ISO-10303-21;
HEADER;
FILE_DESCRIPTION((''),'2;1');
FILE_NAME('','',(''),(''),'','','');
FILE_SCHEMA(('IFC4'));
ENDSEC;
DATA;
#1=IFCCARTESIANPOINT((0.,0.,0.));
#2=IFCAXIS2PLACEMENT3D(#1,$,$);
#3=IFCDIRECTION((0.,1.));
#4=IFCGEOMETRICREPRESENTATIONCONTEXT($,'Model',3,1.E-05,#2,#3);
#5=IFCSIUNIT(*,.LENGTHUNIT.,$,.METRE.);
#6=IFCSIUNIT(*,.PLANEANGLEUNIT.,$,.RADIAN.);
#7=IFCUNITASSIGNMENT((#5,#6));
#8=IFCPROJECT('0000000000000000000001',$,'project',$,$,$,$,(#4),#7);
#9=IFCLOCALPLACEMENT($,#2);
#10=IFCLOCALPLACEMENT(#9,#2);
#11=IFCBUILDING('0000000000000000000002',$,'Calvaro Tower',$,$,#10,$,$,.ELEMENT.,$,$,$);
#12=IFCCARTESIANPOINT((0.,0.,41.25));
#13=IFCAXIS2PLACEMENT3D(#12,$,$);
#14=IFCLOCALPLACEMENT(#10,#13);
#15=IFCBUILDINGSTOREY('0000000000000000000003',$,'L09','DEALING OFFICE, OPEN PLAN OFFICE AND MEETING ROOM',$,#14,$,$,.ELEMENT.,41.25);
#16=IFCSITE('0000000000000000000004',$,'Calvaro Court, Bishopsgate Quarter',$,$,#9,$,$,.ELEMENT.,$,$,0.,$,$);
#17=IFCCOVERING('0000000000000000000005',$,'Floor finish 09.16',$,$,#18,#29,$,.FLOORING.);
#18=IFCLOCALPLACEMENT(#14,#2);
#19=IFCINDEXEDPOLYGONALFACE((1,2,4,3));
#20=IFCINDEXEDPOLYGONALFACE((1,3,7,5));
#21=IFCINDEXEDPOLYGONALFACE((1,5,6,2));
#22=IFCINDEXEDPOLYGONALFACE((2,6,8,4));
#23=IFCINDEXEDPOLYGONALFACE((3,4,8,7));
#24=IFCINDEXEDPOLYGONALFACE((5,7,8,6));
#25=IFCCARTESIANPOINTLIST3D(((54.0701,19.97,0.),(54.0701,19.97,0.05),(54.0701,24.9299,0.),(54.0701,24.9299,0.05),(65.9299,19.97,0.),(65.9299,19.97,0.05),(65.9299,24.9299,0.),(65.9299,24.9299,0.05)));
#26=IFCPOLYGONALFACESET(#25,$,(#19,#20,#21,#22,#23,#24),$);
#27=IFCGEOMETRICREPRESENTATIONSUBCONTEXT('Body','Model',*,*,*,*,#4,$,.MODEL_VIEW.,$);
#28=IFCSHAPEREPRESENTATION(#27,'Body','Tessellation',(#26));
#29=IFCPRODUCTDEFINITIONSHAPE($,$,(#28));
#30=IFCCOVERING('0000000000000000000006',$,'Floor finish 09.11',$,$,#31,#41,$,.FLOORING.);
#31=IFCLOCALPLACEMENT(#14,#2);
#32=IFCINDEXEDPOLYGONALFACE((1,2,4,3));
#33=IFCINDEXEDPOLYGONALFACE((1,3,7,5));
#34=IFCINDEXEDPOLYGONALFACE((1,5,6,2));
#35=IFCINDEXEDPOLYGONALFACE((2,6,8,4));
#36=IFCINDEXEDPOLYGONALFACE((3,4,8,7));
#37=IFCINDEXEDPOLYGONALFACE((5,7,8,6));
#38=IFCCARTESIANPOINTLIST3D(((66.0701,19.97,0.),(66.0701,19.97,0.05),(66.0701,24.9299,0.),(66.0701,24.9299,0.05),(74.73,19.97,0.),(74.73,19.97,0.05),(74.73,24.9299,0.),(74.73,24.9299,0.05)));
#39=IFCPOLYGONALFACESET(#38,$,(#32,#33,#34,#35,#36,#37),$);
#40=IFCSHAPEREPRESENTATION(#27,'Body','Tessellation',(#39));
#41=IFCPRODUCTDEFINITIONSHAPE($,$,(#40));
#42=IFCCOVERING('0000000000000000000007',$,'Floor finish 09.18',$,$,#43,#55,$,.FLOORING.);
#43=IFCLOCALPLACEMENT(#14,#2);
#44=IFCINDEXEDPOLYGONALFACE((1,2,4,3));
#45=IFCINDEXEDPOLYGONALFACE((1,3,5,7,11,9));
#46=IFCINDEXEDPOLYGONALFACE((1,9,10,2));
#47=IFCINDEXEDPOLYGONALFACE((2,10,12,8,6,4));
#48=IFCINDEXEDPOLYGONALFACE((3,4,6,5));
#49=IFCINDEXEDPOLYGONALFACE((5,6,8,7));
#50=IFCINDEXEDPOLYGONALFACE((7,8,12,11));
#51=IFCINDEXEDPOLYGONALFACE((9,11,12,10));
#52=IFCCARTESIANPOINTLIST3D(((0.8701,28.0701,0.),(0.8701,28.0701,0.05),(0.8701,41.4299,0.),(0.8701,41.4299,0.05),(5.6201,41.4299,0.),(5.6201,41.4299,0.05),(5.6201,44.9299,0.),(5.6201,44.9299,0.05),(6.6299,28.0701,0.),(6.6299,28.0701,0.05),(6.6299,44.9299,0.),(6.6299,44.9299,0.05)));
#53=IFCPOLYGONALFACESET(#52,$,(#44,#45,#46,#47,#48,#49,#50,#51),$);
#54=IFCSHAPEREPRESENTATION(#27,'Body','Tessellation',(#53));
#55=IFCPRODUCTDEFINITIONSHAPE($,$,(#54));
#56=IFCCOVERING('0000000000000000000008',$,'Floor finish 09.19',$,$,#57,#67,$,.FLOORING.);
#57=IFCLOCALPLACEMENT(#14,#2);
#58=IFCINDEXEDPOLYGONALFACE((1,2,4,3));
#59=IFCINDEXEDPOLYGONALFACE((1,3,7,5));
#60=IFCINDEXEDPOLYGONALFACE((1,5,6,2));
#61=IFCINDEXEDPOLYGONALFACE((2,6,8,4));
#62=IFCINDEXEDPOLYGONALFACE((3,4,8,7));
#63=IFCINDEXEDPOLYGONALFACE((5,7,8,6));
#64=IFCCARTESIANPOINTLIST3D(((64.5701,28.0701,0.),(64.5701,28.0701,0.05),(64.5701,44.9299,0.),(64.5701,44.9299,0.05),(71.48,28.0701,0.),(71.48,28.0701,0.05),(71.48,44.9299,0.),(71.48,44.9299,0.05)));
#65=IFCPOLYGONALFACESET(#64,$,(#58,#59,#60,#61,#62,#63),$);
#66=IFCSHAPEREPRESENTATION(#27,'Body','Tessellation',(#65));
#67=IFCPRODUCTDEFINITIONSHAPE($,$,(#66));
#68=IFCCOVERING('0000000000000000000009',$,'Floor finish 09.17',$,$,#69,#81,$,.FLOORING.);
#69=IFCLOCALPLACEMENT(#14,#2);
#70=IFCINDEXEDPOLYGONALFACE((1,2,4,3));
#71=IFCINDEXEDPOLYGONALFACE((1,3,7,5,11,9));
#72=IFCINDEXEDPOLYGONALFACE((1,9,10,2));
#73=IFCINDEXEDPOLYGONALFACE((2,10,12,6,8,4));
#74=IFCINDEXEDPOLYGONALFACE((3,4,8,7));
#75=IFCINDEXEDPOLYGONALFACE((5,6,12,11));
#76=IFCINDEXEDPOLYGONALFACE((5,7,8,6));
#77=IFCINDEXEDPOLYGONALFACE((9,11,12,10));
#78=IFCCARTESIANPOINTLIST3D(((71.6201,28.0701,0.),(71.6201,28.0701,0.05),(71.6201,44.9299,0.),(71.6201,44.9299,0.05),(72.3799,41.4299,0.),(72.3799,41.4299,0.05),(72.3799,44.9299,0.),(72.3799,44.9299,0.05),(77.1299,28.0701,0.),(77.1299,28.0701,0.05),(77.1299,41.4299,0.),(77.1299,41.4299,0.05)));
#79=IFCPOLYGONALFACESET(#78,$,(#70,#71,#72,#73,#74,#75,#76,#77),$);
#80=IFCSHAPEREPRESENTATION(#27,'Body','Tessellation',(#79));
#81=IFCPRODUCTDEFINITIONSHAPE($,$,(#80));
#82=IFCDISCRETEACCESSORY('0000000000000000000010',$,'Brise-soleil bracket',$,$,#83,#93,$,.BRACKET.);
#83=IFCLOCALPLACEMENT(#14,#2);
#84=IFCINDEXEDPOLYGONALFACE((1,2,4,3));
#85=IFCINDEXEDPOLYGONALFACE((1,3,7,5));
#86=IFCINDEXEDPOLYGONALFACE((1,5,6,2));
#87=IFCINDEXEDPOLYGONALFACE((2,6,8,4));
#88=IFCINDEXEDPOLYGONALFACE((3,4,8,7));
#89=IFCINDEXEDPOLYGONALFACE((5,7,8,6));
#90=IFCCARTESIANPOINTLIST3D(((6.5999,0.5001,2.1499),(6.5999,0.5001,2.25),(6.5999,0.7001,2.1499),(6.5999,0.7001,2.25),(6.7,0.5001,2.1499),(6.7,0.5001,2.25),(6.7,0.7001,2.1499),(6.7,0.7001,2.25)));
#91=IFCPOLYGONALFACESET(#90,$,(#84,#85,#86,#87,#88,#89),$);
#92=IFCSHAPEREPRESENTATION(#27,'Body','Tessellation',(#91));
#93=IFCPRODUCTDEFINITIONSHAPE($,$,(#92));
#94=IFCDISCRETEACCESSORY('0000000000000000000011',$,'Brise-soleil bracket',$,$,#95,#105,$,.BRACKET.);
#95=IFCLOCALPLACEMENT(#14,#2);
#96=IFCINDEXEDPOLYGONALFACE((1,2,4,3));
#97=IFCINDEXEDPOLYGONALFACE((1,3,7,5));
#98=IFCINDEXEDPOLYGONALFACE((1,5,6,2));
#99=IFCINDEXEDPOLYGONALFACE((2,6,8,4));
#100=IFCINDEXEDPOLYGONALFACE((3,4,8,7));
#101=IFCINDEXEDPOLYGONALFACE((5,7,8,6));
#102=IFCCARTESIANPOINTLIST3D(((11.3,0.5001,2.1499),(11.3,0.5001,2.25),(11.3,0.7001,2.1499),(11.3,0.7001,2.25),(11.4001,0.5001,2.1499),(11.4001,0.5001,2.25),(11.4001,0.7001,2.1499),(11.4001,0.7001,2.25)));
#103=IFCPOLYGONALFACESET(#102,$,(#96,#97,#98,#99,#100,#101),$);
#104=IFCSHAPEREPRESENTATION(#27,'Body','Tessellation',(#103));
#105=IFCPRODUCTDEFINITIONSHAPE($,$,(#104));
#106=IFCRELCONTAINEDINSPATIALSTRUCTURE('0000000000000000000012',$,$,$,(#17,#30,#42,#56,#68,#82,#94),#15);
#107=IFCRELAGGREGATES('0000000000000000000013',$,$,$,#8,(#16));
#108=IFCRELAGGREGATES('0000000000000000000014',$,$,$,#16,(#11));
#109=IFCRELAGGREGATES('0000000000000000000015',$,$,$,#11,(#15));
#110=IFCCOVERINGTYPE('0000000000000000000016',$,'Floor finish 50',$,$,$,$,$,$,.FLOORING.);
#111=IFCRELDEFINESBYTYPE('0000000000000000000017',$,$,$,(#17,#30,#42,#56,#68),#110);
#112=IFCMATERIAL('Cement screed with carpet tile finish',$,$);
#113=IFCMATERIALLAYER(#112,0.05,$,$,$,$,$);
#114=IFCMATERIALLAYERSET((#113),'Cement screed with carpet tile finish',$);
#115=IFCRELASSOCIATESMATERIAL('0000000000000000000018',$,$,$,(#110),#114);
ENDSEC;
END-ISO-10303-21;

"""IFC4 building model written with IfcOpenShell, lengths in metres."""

from ifc_helpers import new_model, si_unit, direction, frame, origin, origin_2d, place, context, subcontext, project, spatial, polyline, rectangle, outline, extrude, material, layer, layer_set, type_object, element, save


model = new_model("IFC4")

# Units and contexts
model_context = context("Model", 3, precision=1e-05, world=origin(), true_north=direction((0.0, 1.0)))
body_context = subcontext(model_context, "Body", "Model", "MODEL_VIEW")
ifc_project = project(units=[si_unit("LENGTHUNIT", "METRE"), si_unit("PLANEANGLEUNIT", "RADIAN")], contexts=[model_context])

# Site, building, storey
site_placement = place(None, origin())
site = spatial("IfcSite", under=ifc_project, at=site_placement, Name="Calvaro Court, Bishopsgate Quarter", CompositionType="ELEMENT", RefElevation=0.0)
building_placement = place(site_placement, origin())
building = spatial("IfcBuilding", under=site, at=building_placement, Name="Calvaro Tower", CompositionType="ELEMENT")
storey_placement = place(building_placement, frame((0.0, 0.0, 41.25)))
storey = spatial("IfcBuildingStorey", under=building, at=storey_placement, Name="L09", Description="DEALING OFFICE, OPEN PLAN OFFICE AND MEETING ROOM", CompositionType="ELEMENT", Elevation=41.25)

# Coverings
ifc_material_1 = material(Name="Cement screed with carpet tile finish")
ifc_layer_1 = layer(ifc_material_1, 0.05)
ifc_layer_set_1 = layer_set([ifc_layer_1], Name="Cement screed with carpet tile finish")
covering_type = type_object("IfcCoveringType", Name="Floor finish 50", PredefinedType="FLOORING", material=ifc_layer_set_1)
covering_1_placement = place(storey_placement, origin())
element("IfcCovering", 1, at=covering_1_placement, inside=storey, type_object=covering_type, Name="Floor finish 09.16", PredefinedType="FLOORING", context=body_context, shape_type="SweptSolid", body=[
    extrude(outline(polyline([(54.0701, 19.97), (54.0701, 24.9299), (65.9299, 24.9299), (65.9299, 19.97), (54.0701, 19.97)])), origin(), (0.0, 0.0, 1.0), 0.05),
])
covering_2_placement = place(storey_placement, origin())
element("IfcCovering", 2, at=covering_2_placement, inside=storey, type_object=covering_type, Name="Floor finish 09.11", PredefinedType="FLOORING", context=body_context, shape_type="SweptSolid", body=[
    extrude(outline(polyline([(66.0701, 19.97), (66.0701, 24.9299), (74.73, 24.9299), (74.73, 19.97), (66.0701, 19.97)])), origin(), (0.0, 0.0, 1.0), 0.05),
])
covering_3_placement = place(storey_placement, origin())
element("IfcCovering", 3, at=covering_3_placement, inside=storey, type_object=covering_type, Name="Floor finish 09.18", PredefinedType="FLOORING", context=body_context, shape_type="SweptSolid", body=[
    extrude(outline(polyline([(6.6299, 28.0701), (0.8701, 28.0701), (0.8701, 41.4299), (5.6201, 41.4299), (5.6201, 44.9299), (6.6299, 44.9299), (6.6299, 28.0701)])), origin(), (0.0, 0.0, 1.0), 0.05),
])
covering_4_placement = place(storey_placement, origin())
element("IfcCovering", 4, at=covering_4_placement, inside=storey, type_object=covering_type, Name="Floor finish 09.19", PredefinedType="FLOORING", context=body_context, shape_type="SweptSolid", body=[
    extrude(outline(polyline([(71.48, 28.0701), (64.5701, 28.0701), (64.5701, 44.9299), (71.48, 44.9299), (71.48, 28.0701)])), origin(), (0.0, 0.0, 1.0), 0.05),
])
covering_5_placement = place(storey_placement, origin())
element("IfcCovering", 5, at=covering_5_placement, inside=storey, type_object=covering_type, Name="Floor finish 09.17", PredefinedType="FLOORING", context=body_context, shape_type="SweptSolid", body=[
    extrude(outline(polyline([(77.1299, 28.0701), (71.6201, 28.0701), (71.6201, 44.9299), (72.3799, 44.9299), (72.3799, 41.4299), (77.1299, 41.4299), (77.1299, 28.0701)])), origin(), (0.0, 0.0, 1.0), 0.05),
])

# Discrete accessories
for number, where, z_axis, x_axis, name in (
    (6, (6.6499, 0.6001, 2.1499), (0.0, 0.0, 1.0), (1.0, 0.0, 0.0), "Brise-soleil bracket"),
    (7, (11.3501, 0.6001, 2.1499), (0.0, 0.0, 1.0), (1.0, 0.0, 0.0), "Brise-soleil bracket"),
):
    element("IfcDiscreteAccessory", number, at=place(storey_placement, frame(where, z_axis=z_axis, x_axis=x_axis)), inside=storey, Name=name, PredefinedType="BRACKET", context=body_context, shape_type="SweptSolid", body=[
        extrude(rectangle(XDim=0.1001, YDim=0.2, at=origin_2d()), origin(), (0.0, 0.0, 1.0), 0.1001),
    ])

save(model, "model.ifc")
